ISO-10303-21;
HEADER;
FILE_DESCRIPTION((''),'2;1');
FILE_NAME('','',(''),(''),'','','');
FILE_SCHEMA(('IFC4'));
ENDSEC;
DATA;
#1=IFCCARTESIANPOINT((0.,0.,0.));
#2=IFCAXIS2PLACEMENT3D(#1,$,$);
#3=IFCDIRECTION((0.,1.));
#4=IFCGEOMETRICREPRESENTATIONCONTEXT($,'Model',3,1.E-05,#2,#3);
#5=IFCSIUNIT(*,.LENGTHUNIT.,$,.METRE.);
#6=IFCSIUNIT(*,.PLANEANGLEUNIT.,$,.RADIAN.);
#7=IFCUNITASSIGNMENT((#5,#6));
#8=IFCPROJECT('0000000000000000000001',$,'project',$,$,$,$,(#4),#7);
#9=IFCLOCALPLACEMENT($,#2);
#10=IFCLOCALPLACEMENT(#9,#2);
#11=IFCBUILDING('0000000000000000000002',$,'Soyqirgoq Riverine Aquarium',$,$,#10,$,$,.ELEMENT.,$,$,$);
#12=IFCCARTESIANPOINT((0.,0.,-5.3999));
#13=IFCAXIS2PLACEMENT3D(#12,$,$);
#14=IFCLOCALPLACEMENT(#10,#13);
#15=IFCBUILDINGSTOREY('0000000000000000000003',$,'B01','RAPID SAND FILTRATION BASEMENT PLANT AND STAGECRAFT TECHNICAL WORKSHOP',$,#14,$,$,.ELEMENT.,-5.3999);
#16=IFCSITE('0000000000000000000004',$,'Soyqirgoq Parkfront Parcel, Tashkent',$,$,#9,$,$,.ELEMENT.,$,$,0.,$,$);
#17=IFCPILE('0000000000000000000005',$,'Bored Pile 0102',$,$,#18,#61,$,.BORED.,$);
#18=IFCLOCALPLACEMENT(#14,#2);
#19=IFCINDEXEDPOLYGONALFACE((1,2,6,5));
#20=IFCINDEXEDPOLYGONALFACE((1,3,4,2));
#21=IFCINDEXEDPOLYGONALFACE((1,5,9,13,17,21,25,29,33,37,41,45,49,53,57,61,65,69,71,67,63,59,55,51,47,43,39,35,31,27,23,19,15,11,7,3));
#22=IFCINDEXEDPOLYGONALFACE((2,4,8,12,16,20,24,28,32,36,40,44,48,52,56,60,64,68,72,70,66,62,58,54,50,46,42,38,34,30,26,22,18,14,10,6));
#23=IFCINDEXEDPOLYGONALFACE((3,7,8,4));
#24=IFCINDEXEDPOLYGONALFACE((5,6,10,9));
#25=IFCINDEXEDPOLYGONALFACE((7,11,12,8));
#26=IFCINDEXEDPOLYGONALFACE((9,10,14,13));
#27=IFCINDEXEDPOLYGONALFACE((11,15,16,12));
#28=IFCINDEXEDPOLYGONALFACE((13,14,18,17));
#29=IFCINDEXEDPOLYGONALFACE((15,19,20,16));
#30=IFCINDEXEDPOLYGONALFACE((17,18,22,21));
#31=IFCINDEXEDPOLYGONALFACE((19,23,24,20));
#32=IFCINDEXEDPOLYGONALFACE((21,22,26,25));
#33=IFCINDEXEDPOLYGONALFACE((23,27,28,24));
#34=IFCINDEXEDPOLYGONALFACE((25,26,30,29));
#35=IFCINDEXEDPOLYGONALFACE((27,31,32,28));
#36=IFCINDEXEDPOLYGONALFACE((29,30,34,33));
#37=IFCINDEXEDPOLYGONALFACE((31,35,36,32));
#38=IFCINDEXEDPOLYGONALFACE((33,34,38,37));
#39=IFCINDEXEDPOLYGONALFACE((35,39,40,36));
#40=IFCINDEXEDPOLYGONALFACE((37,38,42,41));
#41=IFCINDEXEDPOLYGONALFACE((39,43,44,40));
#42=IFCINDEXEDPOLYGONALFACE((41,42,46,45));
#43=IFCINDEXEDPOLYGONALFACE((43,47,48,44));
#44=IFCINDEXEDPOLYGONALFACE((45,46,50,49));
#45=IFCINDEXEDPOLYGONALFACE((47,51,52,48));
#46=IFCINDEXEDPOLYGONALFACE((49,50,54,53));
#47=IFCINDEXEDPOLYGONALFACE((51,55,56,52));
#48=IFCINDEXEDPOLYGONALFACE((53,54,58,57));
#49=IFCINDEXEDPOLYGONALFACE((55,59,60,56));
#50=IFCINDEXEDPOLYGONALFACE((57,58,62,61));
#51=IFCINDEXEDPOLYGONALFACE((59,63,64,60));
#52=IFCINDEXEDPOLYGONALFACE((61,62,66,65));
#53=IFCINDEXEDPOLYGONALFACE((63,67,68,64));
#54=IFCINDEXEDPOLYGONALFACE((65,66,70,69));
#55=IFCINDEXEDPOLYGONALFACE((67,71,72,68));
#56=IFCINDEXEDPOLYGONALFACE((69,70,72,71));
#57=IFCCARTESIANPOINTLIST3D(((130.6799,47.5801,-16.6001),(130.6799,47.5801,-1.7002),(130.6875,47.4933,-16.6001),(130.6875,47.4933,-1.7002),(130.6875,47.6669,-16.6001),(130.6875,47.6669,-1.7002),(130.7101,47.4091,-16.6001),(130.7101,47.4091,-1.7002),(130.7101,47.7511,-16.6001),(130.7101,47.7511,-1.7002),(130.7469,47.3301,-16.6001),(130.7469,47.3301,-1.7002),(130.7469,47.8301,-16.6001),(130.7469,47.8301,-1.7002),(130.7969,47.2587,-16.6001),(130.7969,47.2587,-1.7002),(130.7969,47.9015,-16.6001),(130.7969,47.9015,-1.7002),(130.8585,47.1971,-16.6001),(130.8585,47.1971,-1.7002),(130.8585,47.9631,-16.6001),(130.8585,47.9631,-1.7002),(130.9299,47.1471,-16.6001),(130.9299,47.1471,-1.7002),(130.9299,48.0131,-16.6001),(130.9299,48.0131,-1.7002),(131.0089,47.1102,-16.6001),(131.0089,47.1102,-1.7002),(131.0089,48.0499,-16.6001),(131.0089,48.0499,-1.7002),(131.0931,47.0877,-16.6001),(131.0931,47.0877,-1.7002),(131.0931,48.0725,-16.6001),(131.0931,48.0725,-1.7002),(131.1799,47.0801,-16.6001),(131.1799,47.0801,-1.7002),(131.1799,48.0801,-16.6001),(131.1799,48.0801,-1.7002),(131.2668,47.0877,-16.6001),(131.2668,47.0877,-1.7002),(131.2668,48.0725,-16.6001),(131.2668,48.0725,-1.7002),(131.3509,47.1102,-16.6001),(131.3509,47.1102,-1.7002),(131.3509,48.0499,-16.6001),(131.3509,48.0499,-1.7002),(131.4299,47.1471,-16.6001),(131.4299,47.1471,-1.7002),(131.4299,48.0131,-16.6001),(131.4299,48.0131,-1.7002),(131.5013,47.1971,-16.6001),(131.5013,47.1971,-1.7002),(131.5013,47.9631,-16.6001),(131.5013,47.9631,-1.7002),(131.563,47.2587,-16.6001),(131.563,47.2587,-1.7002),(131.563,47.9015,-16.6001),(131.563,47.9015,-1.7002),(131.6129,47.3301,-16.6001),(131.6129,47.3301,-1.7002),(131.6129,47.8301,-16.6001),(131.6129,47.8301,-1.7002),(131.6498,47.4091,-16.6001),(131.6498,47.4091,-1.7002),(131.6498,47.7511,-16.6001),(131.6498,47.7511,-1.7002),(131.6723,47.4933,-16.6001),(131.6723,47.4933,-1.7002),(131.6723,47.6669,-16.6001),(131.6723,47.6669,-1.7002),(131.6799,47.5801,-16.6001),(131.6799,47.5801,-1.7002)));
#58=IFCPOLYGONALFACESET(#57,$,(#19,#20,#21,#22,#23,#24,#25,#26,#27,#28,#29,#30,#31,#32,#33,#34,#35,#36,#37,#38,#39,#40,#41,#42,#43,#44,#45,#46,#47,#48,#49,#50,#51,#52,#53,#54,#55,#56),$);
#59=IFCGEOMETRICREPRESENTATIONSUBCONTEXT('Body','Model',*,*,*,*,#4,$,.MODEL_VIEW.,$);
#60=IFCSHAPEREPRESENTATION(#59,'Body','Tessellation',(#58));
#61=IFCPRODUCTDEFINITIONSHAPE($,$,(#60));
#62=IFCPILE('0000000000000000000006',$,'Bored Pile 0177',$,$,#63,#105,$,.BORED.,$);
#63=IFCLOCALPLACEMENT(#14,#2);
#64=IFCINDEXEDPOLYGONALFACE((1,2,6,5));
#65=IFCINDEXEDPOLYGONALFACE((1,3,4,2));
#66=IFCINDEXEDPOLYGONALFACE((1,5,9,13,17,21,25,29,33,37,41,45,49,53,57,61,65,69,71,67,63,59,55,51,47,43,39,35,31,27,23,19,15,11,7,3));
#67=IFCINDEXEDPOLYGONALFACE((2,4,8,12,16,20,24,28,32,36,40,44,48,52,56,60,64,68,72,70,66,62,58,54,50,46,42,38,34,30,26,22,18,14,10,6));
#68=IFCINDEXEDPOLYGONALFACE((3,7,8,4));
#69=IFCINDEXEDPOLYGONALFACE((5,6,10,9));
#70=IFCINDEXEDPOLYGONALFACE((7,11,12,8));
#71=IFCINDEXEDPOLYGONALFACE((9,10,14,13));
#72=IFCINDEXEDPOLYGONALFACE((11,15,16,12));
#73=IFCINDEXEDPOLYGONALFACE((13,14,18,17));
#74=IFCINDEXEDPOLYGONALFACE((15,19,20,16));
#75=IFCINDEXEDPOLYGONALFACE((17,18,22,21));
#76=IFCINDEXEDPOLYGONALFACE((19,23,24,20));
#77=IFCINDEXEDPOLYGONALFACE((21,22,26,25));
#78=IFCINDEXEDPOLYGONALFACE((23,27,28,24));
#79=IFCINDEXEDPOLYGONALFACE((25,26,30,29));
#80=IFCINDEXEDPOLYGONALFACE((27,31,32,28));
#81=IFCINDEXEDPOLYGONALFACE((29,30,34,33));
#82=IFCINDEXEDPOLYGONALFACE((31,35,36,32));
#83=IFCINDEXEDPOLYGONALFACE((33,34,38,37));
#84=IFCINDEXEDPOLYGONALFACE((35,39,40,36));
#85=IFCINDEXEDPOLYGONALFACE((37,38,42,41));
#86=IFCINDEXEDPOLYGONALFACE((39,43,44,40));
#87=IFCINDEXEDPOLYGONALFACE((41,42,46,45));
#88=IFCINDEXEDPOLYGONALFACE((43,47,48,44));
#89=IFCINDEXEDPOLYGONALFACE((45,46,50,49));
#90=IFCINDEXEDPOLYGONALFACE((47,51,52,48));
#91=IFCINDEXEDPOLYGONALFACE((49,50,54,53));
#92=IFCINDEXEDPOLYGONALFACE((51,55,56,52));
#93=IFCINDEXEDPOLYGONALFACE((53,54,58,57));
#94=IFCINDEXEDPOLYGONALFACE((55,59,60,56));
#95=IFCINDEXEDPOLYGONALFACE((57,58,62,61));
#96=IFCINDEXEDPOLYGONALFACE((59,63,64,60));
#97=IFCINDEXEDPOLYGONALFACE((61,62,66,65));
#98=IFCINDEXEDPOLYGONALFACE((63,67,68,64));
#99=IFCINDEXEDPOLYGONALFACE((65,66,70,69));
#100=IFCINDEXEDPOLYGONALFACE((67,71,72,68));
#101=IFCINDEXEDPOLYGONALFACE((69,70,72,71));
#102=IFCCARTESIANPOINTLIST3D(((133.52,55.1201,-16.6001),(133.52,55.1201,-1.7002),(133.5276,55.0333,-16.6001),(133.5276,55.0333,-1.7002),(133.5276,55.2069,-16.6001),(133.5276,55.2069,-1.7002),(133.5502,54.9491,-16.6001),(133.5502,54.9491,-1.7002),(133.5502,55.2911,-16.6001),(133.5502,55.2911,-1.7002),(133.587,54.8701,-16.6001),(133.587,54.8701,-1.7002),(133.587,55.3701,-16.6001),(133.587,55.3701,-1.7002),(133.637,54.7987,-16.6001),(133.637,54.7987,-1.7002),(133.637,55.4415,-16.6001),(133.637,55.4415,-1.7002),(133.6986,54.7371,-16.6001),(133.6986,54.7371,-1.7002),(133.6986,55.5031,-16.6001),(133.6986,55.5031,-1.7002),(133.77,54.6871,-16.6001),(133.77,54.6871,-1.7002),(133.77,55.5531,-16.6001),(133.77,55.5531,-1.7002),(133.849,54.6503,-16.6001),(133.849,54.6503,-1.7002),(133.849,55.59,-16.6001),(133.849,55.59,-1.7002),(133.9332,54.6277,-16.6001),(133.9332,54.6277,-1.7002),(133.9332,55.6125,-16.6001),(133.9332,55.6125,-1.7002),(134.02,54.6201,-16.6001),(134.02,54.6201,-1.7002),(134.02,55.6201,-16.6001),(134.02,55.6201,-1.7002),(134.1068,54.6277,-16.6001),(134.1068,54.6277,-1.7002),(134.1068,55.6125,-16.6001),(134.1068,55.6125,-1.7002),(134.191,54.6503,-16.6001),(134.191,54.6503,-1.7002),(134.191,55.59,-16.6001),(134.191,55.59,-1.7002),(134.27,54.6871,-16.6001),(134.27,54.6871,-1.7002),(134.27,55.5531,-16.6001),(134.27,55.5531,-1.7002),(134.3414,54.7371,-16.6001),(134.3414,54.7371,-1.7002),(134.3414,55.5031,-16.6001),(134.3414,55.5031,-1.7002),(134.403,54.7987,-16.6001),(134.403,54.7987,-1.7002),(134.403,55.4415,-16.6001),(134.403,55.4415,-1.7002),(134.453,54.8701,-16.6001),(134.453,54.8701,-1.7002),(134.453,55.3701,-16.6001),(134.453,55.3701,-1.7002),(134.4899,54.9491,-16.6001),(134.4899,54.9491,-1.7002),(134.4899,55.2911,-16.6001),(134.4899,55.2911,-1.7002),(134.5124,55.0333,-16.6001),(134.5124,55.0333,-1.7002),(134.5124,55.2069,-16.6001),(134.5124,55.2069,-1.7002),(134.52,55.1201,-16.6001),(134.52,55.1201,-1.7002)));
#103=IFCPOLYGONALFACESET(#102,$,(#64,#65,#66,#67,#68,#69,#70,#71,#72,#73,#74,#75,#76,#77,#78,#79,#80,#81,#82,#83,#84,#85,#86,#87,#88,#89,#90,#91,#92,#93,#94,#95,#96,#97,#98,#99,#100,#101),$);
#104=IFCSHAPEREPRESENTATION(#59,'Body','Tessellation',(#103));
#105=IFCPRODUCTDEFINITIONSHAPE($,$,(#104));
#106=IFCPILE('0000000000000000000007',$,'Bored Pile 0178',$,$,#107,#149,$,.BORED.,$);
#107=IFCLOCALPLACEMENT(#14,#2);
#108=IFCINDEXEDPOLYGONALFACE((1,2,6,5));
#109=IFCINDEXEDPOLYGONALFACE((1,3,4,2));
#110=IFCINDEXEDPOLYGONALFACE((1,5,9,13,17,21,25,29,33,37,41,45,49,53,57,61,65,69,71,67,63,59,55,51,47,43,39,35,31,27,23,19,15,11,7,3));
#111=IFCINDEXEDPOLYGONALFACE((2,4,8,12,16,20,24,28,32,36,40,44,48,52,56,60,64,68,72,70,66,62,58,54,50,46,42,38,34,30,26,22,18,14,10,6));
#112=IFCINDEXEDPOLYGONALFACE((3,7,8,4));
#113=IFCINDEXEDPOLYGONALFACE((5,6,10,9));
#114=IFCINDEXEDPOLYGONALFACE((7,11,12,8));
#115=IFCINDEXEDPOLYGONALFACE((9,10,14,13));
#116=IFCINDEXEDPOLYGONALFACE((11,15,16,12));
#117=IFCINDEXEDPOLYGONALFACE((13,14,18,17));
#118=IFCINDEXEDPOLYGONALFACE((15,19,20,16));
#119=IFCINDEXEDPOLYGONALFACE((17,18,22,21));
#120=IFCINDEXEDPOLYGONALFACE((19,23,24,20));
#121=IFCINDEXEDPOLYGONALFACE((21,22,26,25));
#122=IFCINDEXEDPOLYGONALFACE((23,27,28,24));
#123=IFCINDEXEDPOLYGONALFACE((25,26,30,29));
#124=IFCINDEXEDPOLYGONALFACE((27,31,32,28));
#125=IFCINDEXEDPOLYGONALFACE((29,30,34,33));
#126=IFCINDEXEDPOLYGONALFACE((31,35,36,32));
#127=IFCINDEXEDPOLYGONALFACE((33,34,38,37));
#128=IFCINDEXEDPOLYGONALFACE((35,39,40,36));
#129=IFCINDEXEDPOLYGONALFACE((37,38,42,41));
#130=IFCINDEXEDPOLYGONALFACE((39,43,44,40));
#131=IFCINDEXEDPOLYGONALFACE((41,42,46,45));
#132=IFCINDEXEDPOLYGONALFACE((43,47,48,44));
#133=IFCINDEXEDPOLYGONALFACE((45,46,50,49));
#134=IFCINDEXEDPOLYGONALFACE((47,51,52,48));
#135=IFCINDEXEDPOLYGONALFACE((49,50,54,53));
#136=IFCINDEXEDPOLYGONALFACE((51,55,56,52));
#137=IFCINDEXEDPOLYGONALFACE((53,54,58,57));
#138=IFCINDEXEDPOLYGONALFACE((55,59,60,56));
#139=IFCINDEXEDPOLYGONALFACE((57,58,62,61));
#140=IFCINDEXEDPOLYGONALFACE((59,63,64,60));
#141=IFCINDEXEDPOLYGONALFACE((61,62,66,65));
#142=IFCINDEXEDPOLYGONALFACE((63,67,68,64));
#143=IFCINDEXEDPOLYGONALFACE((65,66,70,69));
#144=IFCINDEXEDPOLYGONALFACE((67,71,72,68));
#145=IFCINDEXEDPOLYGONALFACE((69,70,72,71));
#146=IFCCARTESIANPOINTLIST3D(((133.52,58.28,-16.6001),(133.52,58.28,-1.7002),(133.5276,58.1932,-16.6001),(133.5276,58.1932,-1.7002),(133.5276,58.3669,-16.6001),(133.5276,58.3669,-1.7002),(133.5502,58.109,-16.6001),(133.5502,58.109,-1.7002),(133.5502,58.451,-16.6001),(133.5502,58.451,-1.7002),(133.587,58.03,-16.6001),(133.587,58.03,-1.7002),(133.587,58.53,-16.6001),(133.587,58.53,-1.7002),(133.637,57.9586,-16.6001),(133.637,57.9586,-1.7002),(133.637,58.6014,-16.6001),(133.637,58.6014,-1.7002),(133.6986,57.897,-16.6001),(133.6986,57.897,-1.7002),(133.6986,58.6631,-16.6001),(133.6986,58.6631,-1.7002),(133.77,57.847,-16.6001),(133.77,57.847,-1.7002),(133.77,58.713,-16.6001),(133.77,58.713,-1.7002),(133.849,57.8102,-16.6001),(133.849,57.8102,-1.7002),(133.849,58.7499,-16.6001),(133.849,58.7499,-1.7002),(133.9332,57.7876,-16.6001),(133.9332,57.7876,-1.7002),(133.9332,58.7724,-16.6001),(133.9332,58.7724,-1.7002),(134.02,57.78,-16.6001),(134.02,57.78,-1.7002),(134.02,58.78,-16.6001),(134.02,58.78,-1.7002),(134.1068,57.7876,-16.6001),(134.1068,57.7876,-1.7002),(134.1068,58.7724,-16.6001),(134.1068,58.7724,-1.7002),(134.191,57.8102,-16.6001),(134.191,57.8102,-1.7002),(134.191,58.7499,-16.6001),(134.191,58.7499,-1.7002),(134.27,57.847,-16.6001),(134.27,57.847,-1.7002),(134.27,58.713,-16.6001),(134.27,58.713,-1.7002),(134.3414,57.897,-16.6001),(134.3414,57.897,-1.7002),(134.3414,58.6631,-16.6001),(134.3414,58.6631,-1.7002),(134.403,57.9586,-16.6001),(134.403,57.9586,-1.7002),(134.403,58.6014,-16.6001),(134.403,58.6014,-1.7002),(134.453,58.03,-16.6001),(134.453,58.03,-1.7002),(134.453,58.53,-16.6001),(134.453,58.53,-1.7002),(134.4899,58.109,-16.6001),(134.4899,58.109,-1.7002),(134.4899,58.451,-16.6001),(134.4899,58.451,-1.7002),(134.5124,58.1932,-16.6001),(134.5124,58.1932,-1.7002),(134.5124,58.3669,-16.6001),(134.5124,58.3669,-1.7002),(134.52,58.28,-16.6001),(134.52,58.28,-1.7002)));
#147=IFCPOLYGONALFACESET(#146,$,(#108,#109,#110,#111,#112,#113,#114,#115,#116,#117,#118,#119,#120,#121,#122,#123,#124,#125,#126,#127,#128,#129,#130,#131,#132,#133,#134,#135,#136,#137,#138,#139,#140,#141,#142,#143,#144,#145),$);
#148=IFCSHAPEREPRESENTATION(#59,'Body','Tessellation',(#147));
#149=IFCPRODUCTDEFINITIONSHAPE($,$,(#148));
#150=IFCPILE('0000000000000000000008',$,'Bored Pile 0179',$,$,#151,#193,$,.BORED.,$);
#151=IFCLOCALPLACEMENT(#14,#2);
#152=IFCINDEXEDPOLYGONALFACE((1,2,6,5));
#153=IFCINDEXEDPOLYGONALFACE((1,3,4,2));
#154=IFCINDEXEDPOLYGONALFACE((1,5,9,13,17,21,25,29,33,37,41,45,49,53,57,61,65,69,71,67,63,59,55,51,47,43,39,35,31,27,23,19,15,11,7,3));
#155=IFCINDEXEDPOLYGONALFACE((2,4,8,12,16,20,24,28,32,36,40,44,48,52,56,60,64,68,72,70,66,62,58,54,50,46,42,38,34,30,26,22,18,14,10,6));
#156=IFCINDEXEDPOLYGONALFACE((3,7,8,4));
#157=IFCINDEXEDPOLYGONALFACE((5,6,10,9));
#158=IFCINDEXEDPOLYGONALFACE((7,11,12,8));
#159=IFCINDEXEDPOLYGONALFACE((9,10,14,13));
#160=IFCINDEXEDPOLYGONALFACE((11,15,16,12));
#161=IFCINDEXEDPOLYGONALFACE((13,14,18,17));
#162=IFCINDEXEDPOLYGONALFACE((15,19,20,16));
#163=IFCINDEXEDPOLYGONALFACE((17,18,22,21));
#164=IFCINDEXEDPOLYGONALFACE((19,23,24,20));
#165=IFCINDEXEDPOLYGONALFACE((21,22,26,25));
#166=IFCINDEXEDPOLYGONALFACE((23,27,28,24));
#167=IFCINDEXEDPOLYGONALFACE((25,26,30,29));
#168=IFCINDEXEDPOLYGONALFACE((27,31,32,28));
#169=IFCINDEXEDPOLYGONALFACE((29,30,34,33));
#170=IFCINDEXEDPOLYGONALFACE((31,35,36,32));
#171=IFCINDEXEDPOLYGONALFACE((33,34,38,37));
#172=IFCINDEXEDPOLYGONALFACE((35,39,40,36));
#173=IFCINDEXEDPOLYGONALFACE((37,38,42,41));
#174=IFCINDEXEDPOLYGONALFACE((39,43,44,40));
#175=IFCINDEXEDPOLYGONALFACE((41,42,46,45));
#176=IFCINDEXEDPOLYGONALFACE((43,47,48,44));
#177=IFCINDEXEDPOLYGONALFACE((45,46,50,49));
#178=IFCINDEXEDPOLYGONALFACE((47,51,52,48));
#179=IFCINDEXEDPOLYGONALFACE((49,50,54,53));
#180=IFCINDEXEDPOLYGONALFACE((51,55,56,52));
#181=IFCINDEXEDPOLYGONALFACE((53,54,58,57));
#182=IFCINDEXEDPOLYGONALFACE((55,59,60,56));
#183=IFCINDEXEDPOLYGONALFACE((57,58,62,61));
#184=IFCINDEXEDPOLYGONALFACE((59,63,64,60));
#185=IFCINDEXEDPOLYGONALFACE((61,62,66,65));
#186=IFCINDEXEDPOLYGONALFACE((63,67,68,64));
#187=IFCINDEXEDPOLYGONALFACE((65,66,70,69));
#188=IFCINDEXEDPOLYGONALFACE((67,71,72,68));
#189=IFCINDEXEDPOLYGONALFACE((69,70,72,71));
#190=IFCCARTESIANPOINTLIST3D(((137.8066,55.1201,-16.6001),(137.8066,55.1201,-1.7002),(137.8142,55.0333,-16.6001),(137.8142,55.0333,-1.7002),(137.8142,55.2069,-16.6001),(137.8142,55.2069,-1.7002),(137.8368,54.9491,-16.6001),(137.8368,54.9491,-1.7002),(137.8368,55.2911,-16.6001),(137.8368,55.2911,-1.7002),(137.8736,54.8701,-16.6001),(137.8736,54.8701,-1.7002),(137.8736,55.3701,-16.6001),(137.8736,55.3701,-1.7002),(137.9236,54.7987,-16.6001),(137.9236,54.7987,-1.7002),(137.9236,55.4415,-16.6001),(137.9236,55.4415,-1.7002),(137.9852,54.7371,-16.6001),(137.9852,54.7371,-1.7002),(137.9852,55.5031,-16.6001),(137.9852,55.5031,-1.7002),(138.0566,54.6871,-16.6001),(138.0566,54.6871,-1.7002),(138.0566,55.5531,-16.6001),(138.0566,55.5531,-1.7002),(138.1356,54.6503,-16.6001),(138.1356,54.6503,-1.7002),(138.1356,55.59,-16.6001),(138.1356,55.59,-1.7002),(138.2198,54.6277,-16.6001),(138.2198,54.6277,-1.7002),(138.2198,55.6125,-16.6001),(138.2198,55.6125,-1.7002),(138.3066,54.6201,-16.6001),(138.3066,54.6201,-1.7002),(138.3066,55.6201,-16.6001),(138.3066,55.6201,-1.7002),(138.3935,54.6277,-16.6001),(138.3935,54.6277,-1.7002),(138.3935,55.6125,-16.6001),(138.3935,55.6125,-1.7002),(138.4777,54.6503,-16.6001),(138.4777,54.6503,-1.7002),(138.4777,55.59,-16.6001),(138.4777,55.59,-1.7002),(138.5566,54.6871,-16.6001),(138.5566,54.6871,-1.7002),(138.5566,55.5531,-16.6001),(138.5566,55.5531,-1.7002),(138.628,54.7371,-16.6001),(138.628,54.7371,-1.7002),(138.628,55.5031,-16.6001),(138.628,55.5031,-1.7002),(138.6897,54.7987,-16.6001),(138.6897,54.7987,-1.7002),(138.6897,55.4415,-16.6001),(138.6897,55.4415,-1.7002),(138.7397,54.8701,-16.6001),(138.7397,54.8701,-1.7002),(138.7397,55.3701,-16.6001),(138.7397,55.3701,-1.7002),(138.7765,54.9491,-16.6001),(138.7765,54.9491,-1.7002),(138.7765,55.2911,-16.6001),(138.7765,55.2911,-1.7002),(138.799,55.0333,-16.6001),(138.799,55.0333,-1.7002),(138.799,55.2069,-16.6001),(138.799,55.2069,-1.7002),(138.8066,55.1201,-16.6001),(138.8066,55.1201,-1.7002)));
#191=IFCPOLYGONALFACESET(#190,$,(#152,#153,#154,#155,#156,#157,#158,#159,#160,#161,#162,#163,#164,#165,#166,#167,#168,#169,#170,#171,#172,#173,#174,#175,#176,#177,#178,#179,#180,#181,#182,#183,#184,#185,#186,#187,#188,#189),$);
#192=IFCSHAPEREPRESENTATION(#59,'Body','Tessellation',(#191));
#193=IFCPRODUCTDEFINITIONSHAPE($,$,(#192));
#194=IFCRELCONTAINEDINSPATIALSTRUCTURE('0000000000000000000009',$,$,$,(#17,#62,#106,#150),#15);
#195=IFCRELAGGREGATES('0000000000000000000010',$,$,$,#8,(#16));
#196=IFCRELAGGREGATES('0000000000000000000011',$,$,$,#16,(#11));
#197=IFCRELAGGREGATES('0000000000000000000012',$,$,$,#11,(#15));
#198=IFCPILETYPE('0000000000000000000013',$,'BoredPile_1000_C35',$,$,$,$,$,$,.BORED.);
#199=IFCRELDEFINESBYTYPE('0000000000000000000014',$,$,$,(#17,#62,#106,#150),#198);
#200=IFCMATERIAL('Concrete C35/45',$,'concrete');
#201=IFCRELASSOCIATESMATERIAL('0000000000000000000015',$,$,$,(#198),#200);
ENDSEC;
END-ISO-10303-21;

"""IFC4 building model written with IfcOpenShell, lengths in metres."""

from ifc_helpers import new_model, si_unit, direction, frame, origin, origin_2d, place, context, subcontext, project, spatial, circle, extrude, material, material_profile, profile_set, type_object, element, save


model = new_model("IFC4")

# Units and contexts
model_context = context("Model", 3, precision=1e-05, world=origin(), true_north=direction((0.0, 1.0)))
body_context = subcontext(model_context, "Body", "Model", "MODEL_VIEW")
ifc_project = project(units=[si_unit("LENGTHUNIT", "METRE"), si_unit("PLANEANGLEUNIT", "RADIAN")], contexts=[model_context])

# Site, building, storey
site_placement = place(None, origin())
site = spatial("IfcSite", under=ifc_project, at=site_placement, Name="Soyqirgoq Parkfront Parcel, Tashkent", CompositionType="ELEMENT", RefElevation=0.0)
building_placement = place(site_placement, origin())
building = spatial("IfcBuilding", under=site, at=building_placement, Name="Soyqirgoq Riverine Aquarium", CompositionType="ELEMENT")
storey_placement = place(building_placement, frame((0.0, 0.0, -5.3999)))
storey = spatial("IfcBuildingStorey", under=building, at=storey_placement, Name="B01", Description="RAPID SAND FILTRATION BASEMENT PLANT AND STAGECRAFT TECHNICAL WORKSHOP", CompositionType="ELEMENT", Elevation=-5.3999)

# Piles
ifc_material_1 = material(Name="Concrete C35/45", Category="concrete")
ifc_material_profile_1 = material_profile(ifc_material_1, circle(Radius=0.5, at=origin_2d()), Name="BP D1000")
ifc_profile_set_1 = profile_set([ifc_material_profile_1], Name="Concrete C35/45")
pile_type_1 = type_object("IfcPileType", Name="BoredPile_1000_C35", PredefinedType="BORED", material=ifc_profile_set_1)
for number, where, z_axis, x_axis, name in (
    (1, (131.1799, 47.5801, -1.7002), (0.0, 0.0, -1.0), (1.0, 0.0, 0.0), "Bored Pile 0102"),
    (2, (134.02, 55.1201, -1.7002), (0.0, 0.0, -1.0), (1.0, 0.0, 0.0), "Bored Pile 0177"),
    (3, (134.02, 58.28, -1.7002), (0.0, 0.0, -1.0), (1.0, 0.0, 0.0), "Bored Pile 0178"),
    (4, (138.3066, 55.1201, -1.7002), (0.0, 0.0, -1.0), (1.0, 0.0, 0.0), "Bored Pile 0179"),
):
    element("IfcPile", number, at=place(storey_placement, frame(where, z_axis=z_axis, x_axis=x_axis)), inside=storey, type_object=pile_type_1, Name=name, PredefinedType="BORED", context=body_context, shape_type="SweptSolid", body=[
        extrude(circle(Radius=0.5, at=origin_2d()), origin(), (0.0, 0.0, 1.0), 14.8999),
    ])

save(model, "model.ifc")
